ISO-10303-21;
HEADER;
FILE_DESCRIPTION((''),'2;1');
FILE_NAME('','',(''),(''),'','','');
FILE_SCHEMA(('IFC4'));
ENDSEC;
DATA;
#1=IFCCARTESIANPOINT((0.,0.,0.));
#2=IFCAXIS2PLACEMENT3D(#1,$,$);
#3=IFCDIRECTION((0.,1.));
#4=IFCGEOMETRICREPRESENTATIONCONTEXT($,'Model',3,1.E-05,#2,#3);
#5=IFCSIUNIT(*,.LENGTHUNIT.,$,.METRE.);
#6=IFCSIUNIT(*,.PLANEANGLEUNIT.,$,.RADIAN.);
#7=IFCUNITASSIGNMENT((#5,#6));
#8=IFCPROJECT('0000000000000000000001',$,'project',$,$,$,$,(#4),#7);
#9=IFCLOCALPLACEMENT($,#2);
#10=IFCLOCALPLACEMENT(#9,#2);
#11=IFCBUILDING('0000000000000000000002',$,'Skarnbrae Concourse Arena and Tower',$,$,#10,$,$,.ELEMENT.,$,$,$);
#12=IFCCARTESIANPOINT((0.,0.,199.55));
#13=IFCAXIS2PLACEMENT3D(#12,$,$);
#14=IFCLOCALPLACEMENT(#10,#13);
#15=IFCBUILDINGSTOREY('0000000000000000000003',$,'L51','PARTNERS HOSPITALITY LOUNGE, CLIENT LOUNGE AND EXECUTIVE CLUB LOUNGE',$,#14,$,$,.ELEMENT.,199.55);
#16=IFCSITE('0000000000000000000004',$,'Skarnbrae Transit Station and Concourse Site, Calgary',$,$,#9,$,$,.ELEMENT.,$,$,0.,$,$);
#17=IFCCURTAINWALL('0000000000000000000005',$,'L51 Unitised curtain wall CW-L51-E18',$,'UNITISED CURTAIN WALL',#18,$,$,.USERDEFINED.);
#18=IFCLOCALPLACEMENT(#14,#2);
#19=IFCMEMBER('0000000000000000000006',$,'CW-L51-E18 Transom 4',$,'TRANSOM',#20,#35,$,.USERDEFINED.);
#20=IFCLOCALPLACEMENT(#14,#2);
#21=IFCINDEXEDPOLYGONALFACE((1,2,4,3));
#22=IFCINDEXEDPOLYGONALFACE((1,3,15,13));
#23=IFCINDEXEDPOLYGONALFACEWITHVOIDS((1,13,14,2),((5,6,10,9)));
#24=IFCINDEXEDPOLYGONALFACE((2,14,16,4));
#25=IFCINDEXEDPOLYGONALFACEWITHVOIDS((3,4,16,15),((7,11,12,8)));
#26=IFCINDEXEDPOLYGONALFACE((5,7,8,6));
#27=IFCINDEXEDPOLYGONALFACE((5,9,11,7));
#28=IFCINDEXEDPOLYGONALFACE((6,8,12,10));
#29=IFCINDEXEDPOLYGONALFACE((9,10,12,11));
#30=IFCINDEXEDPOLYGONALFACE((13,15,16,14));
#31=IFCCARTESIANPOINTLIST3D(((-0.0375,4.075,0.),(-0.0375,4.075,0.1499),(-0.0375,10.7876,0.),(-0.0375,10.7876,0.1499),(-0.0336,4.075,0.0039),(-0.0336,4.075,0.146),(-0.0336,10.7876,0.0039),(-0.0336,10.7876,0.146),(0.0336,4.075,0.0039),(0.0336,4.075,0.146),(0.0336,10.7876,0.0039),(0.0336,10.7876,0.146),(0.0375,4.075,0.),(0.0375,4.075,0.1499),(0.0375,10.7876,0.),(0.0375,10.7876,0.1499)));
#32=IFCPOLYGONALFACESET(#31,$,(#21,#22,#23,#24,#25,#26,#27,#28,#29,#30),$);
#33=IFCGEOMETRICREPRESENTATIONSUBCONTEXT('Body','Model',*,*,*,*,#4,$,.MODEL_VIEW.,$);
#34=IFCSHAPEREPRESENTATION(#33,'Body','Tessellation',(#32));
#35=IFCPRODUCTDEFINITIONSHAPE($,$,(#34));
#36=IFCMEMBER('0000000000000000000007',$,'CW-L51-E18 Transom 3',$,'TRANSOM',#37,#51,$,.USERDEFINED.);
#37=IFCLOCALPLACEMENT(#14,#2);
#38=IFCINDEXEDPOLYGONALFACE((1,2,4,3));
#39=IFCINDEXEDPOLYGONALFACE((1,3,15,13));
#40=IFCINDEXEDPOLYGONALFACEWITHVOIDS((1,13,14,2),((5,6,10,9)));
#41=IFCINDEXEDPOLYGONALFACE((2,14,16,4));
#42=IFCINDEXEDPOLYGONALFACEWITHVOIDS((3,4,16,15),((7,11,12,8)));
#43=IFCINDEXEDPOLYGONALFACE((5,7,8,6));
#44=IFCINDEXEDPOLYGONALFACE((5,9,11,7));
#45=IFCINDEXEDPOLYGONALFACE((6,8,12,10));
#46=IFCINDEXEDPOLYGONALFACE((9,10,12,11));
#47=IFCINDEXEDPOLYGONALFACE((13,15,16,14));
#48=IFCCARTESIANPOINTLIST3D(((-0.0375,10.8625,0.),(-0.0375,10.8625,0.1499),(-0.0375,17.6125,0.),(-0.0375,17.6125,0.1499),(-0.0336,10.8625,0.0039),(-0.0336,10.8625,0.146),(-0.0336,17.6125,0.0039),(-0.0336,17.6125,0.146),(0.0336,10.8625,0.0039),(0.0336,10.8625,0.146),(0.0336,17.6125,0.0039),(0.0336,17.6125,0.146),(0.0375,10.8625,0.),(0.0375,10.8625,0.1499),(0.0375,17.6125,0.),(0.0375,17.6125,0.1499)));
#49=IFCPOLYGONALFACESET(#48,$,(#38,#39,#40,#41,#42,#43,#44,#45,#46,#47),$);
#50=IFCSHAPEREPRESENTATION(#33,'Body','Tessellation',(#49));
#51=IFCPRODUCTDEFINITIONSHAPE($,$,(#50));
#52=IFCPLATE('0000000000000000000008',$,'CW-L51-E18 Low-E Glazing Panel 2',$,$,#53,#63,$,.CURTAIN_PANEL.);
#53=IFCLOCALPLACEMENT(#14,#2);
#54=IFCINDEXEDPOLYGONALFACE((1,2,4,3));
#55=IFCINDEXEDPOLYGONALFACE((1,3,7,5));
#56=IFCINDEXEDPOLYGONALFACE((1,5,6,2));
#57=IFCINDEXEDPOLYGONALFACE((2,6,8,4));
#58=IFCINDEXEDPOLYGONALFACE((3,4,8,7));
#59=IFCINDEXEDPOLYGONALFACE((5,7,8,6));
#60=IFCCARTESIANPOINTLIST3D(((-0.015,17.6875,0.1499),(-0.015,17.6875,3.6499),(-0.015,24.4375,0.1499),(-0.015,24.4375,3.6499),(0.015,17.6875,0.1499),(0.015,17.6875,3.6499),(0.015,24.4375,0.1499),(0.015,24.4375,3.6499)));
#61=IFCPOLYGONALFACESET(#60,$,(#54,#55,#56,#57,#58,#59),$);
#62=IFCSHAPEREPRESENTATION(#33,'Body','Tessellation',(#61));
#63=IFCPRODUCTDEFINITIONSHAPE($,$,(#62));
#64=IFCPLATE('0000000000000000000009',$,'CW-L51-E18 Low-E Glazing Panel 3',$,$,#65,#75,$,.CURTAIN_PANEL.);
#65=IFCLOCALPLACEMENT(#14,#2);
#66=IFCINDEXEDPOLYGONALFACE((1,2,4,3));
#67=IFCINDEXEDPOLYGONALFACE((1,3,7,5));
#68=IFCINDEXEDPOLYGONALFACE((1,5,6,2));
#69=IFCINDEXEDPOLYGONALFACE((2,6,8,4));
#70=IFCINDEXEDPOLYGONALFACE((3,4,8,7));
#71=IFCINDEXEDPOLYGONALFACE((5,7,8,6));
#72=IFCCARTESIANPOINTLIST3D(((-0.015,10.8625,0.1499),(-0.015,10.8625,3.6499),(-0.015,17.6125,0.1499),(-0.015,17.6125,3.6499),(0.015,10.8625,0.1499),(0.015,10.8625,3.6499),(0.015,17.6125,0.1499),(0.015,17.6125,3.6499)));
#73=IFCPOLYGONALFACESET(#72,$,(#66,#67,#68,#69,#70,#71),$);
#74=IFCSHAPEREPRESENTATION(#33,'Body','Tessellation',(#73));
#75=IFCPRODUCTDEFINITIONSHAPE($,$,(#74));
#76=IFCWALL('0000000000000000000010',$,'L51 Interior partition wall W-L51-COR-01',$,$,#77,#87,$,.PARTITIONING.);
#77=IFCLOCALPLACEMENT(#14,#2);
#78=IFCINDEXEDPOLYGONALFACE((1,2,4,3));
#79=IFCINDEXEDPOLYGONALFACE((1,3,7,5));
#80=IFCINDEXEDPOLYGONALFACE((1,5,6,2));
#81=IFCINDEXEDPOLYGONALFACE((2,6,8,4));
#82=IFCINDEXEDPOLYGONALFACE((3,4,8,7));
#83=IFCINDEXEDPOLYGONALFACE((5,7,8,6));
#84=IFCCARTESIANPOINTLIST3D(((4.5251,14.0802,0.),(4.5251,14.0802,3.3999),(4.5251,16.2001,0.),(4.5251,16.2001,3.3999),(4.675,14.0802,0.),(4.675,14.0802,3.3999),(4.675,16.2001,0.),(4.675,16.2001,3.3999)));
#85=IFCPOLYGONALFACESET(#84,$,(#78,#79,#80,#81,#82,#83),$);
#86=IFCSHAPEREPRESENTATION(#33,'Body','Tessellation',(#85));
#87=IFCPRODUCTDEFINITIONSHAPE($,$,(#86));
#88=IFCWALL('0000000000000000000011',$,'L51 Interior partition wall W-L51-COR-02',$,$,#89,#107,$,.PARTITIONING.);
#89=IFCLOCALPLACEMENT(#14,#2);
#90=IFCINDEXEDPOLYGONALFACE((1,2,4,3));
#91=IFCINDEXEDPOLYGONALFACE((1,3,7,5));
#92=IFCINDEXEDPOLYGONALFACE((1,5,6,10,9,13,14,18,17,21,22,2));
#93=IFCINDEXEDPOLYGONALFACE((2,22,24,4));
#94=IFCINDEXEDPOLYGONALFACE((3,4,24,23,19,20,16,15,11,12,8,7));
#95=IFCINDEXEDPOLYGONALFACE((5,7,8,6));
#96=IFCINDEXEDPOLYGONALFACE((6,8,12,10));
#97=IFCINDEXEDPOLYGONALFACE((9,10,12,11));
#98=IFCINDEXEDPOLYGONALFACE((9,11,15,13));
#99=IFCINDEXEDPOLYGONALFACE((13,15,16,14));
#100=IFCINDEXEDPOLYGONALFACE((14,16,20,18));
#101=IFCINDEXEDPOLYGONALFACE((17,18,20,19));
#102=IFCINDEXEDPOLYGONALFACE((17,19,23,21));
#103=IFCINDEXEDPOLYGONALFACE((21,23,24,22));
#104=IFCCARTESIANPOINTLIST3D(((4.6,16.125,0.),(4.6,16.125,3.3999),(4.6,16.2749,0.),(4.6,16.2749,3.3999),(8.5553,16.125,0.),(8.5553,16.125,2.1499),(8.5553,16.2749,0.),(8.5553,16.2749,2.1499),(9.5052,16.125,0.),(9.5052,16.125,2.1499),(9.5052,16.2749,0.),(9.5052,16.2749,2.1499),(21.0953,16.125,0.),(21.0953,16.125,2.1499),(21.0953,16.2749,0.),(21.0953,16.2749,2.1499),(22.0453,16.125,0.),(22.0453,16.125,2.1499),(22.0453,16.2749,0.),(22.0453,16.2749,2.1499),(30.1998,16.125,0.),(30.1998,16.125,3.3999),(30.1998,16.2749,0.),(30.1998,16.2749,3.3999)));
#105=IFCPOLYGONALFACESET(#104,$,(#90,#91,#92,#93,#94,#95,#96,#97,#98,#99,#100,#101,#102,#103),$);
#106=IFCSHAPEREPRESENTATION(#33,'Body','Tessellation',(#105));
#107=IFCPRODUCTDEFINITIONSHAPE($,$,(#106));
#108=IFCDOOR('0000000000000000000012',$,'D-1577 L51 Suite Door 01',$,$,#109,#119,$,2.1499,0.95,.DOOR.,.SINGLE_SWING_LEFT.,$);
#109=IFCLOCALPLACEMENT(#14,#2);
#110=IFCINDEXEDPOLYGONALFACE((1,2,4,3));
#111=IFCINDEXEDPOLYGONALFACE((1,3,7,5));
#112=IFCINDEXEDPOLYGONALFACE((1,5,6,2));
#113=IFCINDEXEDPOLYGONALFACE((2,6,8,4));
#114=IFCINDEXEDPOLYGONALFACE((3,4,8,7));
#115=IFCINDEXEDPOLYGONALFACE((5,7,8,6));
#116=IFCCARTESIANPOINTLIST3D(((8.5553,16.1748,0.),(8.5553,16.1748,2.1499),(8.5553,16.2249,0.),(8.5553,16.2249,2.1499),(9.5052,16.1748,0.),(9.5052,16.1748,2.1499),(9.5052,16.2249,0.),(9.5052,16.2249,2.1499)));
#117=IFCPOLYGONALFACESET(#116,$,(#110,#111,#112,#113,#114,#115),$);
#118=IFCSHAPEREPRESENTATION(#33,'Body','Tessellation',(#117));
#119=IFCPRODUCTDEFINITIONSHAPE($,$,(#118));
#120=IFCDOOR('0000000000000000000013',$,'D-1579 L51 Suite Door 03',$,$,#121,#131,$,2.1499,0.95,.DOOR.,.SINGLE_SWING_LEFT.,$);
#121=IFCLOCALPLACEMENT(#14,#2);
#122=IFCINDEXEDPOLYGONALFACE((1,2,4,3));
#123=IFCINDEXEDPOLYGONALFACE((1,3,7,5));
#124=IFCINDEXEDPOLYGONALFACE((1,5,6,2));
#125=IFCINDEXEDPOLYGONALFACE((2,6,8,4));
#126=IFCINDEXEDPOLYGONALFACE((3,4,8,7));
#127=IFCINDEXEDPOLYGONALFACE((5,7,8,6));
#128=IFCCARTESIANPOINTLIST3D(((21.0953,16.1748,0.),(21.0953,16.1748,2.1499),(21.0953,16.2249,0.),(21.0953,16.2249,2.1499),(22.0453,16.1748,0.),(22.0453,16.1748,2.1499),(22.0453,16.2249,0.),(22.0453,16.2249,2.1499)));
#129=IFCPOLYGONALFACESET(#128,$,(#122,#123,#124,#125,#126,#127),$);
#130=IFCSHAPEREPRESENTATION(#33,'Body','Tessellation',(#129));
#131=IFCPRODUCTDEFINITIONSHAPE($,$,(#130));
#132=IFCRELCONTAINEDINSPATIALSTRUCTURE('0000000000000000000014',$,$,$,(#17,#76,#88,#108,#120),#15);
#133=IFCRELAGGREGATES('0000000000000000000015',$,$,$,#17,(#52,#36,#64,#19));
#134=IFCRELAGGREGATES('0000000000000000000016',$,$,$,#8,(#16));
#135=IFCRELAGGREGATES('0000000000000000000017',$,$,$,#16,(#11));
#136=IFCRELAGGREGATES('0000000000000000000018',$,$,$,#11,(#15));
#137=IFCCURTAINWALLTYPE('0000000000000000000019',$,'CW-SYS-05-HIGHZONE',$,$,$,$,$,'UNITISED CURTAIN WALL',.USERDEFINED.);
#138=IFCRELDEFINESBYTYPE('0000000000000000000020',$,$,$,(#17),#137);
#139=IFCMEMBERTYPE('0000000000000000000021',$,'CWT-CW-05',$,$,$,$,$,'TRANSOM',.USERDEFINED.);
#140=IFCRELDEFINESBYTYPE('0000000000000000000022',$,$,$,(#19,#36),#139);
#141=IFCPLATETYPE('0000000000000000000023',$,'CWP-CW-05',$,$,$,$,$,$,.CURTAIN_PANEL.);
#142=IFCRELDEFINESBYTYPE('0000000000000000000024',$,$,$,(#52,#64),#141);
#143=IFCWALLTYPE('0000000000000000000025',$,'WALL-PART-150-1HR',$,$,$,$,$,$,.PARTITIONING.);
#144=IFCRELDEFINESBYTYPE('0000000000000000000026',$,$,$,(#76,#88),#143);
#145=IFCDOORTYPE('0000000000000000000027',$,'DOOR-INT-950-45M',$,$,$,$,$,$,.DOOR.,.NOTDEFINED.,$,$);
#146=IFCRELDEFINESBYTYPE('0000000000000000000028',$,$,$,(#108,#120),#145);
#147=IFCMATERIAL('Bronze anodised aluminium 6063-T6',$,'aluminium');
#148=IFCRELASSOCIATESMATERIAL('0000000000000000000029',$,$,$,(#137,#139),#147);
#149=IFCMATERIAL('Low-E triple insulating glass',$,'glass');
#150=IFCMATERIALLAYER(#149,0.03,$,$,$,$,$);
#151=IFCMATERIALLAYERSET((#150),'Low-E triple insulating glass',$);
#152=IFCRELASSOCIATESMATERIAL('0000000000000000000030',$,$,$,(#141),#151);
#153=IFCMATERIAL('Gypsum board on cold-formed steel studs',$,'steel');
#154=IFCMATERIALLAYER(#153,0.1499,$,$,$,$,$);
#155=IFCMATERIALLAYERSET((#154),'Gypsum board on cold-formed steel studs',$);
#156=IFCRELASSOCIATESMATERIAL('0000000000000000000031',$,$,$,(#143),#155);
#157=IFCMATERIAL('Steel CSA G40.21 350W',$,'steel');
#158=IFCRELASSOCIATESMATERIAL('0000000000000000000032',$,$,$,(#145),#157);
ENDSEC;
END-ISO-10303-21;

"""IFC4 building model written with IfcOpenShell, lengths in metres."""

from ifc_helpers import new_model, si_unit, direction, frame, frame_2d, origin, origin_2d, place, context, subcontext, project, spatial, rectangle, hollow_rectangle, extrude, source, transform, mapped, material, layer, layer_set, material_profile, profile_set, type_object, element, fill, aggregate, save


model = new_model("IFC4")

# Units and contexts
model_context = context("Model", 3, precision=1e-05, world=origin(), true_north=direction((0.0, 1.0)))
body_context = subcontext(model_context, "Body", "Model", "MODEL_VIEW")
ifc_project = project(units=[si_unit("LENGTHUNIT", "METRE"), si_unit("PLANEANGLEUNIT", "RADIAN")], contexts=[model_context])

# Site, building, storey
site_placement = place(None, origin())
site = spatial("IfcSite", under=ifc_project, at=site_placement, Name="Skarnbrae Transit Station and Concourse Site, Calgary", CompositionType="ELEMENT", RefElevation=0.0)
building_placement = place(site_placement, origin())
building = spatial("IfcBuilding", under=site, at=building_placement, Name="Skarnbrae Concourse Arena and Tower", CompositionType="ELEMENT")
storey_placement = place(building_placement, frame((0.0, 0.0, 199.55)))
storey = spatial("IfcBuildingStorey", under=building, at=storey_placement, Name="L51", Description="PARTNERS HOSPITALITY LOUNGE, CLIENT LOUNGE AND EXECUTIVE CLUB LOUNGE", CompositionType="ELEMENT", Elevation=199.55)

# Shared definitions
ifc_material_1 = material(Name="Steel CSA G40.21 350W", Category="steel")

# Curtain wall, members, plates
ifc_material_2 = material(Name="Bronze anodised aluminium 6063-T6", Category="aluminium")
curtain_wall_type = type_object("IfcCurtainWallType", Name="CW-SYS-05-HIGHZONE", ElementType="UNITISED CURTAIN WALL", PredefinedType="USERDEFINED", material=ifc_material_2)
curtain_wall_placement = place(storey_placement, origin())
curtain_wall = element("IfcCurtainWall", 1, at=curtain_wall_placement, inside=storey, type_object=curtain_wall_type, Name="L51 Unitised curtain wall CW-L51-E18", ObjectType="UNITISED CURTAIN WALL", PredefinedType="USERDEFINED")
ifc_material_profile_1 = material_profile(ifc_material_2, hollow_rectangle(XDim=0.075, YDim=0.1499, WallThickness=0.0039, at=origin_2d()), Name="ALU-TRAN-75X150")
ifc_profile_set_1 = profile_set([ifc_material_profile_1], Name="Bronze anodised aluminium 6063-T6")
member_type_1 = type_object("IfcMemberType", Name="CWT-CW-05", ElementType="TRANSOM", PredefinedType="USERDEFINED", material=ifc_profile_set_1)
shared_shape_1 = source(origin(), body_context, "Body", "SweptSolid", [
    extrude(hollow_rectangle(XDim=0.075, YDim=0.1499, WallThickness=0.0039, at=origin_2d()), origin(), (0.0, 0.0, 1.0), 6.7126),
])
member_1_placement = place(storey_placement, frame((0.0, 10.7876, 0.075), z_axis=(0.0, -1.0, 0.0), x_axis=(1.0, 0.0, 0.0)))
member_1 = element("IfcMember", 2, at=member_1_placement, type_object=member_type_1, Name="CW-L51-E18 Transom 4", ObjectType="TRANSOM", PredefinedType="USERDEFINED", context=body_context, shape_type="MappedRepresentation", body=[
    mapped(shared_shape_1, transform((0.0, 0.0, 0.0))),
])
shared_shape_2 = source(origin(), body_context, "Body", "SweptSolid", [
    extrude(hollow_rectangle(XDim=0.075, YDim=0.1499, WallThickness=0.0039, at=origin_2d()), origin(), (0.0, 0.0, 1.0), 6.75),
])
member_2_placement = place(storey_placement, frame((0.0, 17.6125, 0.075), z_axis=(0.0, -1.0, 0.0), x_axis=(1.0, 0.0, 0.0)))
member_2 = element("IfcMember", 3, at=member_2_placement, type_object=member_type_1, Name="CW-L51-E18 Transom 3", ObjectType="TRANSOM", PredefinedType="USERDEFINED", context=body_context, shape_type="MappedRepresentation", body=[
    mapped(shared_shape_2, transform((0.0, 0.0, 0.0))),
])
ifc_material_3 = material(Name="Low-E triple insulating glass", Category="glass")
ifc_layer_1 = layer(ifc_material_3, 0.03)
ifc_layer_set_1 = layer_set([ifc_layer_1], Name="Low-E triple insulating glass")
plate_type = type_object("IfcPlateType", Name="CWP-CW-05", PredefinedType="CURTAIN_PANEL", material=ifc_layer_set_1)
shared_shape_3 = source(origin(), body_context, "Body", "SweptSolid", [
    extrude(rectangle(XDim=6.75, YDim=0.03, at=origin_2d()), origin(), (0.0, 0.0, 1.0), 3.5),
])
plate_1_placement = place(storey_placement, frame((0.0, 21.0625, 0.1499), z_axis=(0.0, 0.0, 1.0), x_axis=(0.0, -1.0, 0.0)))
plate_1 = element("IfcPlate", 4, at=plate_1_placement, type_object=plate_type, Name="CW-L51-E18 Low-E Glazing Panel 2", PredefinedType="CURTAIN_PANEL", context=body_context, shape_type="MappedRepresentation", body=[
    mapped(shared_shape_3, transform((0.0, 0.0, 0.0))),
])
plate_2_placement = place(storey_placement, frame((0.0, 14.2375, 0.1499), z_axis=(0.0, 0.0, 1.0), x_axis=(0.0, -1.0, 0.0)))
plate_2 = element("IfcPlate", 5, at=plate_2_placement, type_object=plate_type, Name="CW-L51-E18 Low-E Glazing Panel 3", PredefinedType="CURTAIN_PANEL", context=body_context, shape_type="MappedRepresentation", body=[
    mapped(shared_shape_3, transform((0.0, 0.0, 0.0))),
])
aggregate(curtain_wall, [plate_1, member_2, plate_2, member_1])

# Wall
ifc_material_4 = material(Name="Gypsum board on cold-formed steel studs", Category="steel")
ifc_layer_2 = layer(ifc_material_4, 0.1499)
ifc_layer_set_2 = layer_set([ifc_layer_2], Name="Gypsum board on cold-formed steel studs")
wall_type_1 = type_object("IfcWallType", Name="WALL-PART-150-1HR", PredefinedType="PARTITIONING", material=ifc_layer_set_2)
shared_shape_4 = source(origin(), body_context, "Body", "SweptSolid", [
    extrude(rectangle(XDim=2.1199, YDim=0.1499, at=frame_2d((1.0601, 0.0))), origin(), (0.0, 0.0, 1.0), 3.3999),
])
wall_1_placement = place(storey_placement, frame((4.6001, 14.0801, 0.0), z_axis=(0.0, 0.0, 1.0), x_axis=(0.0, 1.0, 0.0)))
element("IfcWall", 6, at=wall_1_placement, inside=storey, type_object=wall_type_1, Name="L51 Interior partition wall W-L51-COR-01", PredefinedType="PARTITIONING", context=body_context, shape_type="MappedRepresentation", body=[
    mapped(shared_shape_4, transform((0.0, 0.0, 0.0))),
])

# Wall, openings, doors
shared_shape_5 = source(origin(), body_context, "Body", "SweptSolid", [
    extrude(rectangle(XDim=25.5999, YDim=0.1499, at=frame_2d((12.7998, 0.0))), origin(), (0.0, 0.0, 1.0), 3.3999),
])
wall_2_placement = place(storey_placement, frame((4.6001, 16.2, 0.0), z_axis=(0.0, 0.0, 1.0), x_axis=(1.0, 0.0, 0.0)))
wall_2 = element("IfcWall", 7, at=wall_2_placement, inside=storey, type_object=wall_type_1, Name="L51 Interior partition wall W-L51-COR-02", PredefinedType="PARTITIONING", context=body_context, shape_type="MappedRepresentation", body=[
    mapped(shared_shape_5, transform((0.0, 0.0, 0.0))),
])
opening_1_placement = place(wall_2_placement, frame((3.9551, 0.0, 0.0)))
opening_1 = element("IfcOpeningElement", 8, at=opening_1_placement, cuts=wall_2, PredefinedType="OPENING", context=body_context, shape_type="SweptSolid", body=[
    extrude(rectangle(XDim=0.95, YDim=2.1499, at=frame_2d((0.4751, 1.075))), frame((0.0, 0.085, 0.0), z_axis=(0.0, -1.0, 0.0), x_axis=(1.0, 0.0, 0.0)), (0.0, 0.0, 1.0), 0.1699),
])
opening_2_placement = place(wall_2_placement, frame((16.4951, 0.0, 0.0)))
opening_2 = element("IfcOpeningElement", 9, at=opening_2_placement, cuts=wall_2, PredefinedType="OPENING", context=body_context, shape_type="SweptSolid", body=[
    extrude(rectangle(XDim=0.95, YDim=2.1499, at=frame_2d((0.4751, 1.075))), frame((0.0, 0.085, 0.0), z_axis=(0.0, -1.0, 0.0), x_axis=(1.0, 0.0, 0.0)), (0.0, 0.0, 1.0), 0.1699),
])
door_type_1 = type_object("IfcDoorType", Name="DOOR-INT-950-45M", OperationType="NOTDEFINED", PredefinedType="DOOR", material=ifc_material_1)
shared_shape_6 = source(origin(), body_context, "Body", "SweptSolid", [
    extrude(rectangle(XDim=0.95, YDim=2.1499, at=frame_2d((0.4751, 1.075))), frame((0.0, 0.0249, 0.0), z_axis=(0.0, -1.0, 0.0), x_axis=(1.0, 0.0, 0.0)), (0.0, 0.0, 1.0), 0.05),
])
door_1_placement = place(opening_1_placement, origin())
door_1 = element("IfcDoor", 10, at=door_1_placement, inside=storey, type_object=door_type_1, Name="D-1577 L51 Suite Door 01", OperationType="SINGLE_SWING_LEFT", OverallHeight=2.1499, OverallWidth=0.95, PredefinedType="DOOR", context=body_context, shape_type="MappedRepresentation", body=[
    mapped(shared_shape_6, transform((0.0, 0.0, 0.0))),
])
fill(opening_1, door_1)
door_2_placement = place(opening_2_placement, origin())
door_2 = element("IfcDoor", 11, at=door_2_placement, inside=storey, type_object=door_type_1, Name="D-1579 L51 Suite Door 03", OperationType="SINGLE_SWING_LEFT", OverallHeight=2.1499, OverallWidth=0.95, PredefinedType="DOOR", context=body_context, shape_type="MappedRepresentation", body=[
    mapped(shared_shape_6, transform((0.0, 0.0, 0.0))),
])
fill(opening_2, door_2)

save(model, "model.ifc")
